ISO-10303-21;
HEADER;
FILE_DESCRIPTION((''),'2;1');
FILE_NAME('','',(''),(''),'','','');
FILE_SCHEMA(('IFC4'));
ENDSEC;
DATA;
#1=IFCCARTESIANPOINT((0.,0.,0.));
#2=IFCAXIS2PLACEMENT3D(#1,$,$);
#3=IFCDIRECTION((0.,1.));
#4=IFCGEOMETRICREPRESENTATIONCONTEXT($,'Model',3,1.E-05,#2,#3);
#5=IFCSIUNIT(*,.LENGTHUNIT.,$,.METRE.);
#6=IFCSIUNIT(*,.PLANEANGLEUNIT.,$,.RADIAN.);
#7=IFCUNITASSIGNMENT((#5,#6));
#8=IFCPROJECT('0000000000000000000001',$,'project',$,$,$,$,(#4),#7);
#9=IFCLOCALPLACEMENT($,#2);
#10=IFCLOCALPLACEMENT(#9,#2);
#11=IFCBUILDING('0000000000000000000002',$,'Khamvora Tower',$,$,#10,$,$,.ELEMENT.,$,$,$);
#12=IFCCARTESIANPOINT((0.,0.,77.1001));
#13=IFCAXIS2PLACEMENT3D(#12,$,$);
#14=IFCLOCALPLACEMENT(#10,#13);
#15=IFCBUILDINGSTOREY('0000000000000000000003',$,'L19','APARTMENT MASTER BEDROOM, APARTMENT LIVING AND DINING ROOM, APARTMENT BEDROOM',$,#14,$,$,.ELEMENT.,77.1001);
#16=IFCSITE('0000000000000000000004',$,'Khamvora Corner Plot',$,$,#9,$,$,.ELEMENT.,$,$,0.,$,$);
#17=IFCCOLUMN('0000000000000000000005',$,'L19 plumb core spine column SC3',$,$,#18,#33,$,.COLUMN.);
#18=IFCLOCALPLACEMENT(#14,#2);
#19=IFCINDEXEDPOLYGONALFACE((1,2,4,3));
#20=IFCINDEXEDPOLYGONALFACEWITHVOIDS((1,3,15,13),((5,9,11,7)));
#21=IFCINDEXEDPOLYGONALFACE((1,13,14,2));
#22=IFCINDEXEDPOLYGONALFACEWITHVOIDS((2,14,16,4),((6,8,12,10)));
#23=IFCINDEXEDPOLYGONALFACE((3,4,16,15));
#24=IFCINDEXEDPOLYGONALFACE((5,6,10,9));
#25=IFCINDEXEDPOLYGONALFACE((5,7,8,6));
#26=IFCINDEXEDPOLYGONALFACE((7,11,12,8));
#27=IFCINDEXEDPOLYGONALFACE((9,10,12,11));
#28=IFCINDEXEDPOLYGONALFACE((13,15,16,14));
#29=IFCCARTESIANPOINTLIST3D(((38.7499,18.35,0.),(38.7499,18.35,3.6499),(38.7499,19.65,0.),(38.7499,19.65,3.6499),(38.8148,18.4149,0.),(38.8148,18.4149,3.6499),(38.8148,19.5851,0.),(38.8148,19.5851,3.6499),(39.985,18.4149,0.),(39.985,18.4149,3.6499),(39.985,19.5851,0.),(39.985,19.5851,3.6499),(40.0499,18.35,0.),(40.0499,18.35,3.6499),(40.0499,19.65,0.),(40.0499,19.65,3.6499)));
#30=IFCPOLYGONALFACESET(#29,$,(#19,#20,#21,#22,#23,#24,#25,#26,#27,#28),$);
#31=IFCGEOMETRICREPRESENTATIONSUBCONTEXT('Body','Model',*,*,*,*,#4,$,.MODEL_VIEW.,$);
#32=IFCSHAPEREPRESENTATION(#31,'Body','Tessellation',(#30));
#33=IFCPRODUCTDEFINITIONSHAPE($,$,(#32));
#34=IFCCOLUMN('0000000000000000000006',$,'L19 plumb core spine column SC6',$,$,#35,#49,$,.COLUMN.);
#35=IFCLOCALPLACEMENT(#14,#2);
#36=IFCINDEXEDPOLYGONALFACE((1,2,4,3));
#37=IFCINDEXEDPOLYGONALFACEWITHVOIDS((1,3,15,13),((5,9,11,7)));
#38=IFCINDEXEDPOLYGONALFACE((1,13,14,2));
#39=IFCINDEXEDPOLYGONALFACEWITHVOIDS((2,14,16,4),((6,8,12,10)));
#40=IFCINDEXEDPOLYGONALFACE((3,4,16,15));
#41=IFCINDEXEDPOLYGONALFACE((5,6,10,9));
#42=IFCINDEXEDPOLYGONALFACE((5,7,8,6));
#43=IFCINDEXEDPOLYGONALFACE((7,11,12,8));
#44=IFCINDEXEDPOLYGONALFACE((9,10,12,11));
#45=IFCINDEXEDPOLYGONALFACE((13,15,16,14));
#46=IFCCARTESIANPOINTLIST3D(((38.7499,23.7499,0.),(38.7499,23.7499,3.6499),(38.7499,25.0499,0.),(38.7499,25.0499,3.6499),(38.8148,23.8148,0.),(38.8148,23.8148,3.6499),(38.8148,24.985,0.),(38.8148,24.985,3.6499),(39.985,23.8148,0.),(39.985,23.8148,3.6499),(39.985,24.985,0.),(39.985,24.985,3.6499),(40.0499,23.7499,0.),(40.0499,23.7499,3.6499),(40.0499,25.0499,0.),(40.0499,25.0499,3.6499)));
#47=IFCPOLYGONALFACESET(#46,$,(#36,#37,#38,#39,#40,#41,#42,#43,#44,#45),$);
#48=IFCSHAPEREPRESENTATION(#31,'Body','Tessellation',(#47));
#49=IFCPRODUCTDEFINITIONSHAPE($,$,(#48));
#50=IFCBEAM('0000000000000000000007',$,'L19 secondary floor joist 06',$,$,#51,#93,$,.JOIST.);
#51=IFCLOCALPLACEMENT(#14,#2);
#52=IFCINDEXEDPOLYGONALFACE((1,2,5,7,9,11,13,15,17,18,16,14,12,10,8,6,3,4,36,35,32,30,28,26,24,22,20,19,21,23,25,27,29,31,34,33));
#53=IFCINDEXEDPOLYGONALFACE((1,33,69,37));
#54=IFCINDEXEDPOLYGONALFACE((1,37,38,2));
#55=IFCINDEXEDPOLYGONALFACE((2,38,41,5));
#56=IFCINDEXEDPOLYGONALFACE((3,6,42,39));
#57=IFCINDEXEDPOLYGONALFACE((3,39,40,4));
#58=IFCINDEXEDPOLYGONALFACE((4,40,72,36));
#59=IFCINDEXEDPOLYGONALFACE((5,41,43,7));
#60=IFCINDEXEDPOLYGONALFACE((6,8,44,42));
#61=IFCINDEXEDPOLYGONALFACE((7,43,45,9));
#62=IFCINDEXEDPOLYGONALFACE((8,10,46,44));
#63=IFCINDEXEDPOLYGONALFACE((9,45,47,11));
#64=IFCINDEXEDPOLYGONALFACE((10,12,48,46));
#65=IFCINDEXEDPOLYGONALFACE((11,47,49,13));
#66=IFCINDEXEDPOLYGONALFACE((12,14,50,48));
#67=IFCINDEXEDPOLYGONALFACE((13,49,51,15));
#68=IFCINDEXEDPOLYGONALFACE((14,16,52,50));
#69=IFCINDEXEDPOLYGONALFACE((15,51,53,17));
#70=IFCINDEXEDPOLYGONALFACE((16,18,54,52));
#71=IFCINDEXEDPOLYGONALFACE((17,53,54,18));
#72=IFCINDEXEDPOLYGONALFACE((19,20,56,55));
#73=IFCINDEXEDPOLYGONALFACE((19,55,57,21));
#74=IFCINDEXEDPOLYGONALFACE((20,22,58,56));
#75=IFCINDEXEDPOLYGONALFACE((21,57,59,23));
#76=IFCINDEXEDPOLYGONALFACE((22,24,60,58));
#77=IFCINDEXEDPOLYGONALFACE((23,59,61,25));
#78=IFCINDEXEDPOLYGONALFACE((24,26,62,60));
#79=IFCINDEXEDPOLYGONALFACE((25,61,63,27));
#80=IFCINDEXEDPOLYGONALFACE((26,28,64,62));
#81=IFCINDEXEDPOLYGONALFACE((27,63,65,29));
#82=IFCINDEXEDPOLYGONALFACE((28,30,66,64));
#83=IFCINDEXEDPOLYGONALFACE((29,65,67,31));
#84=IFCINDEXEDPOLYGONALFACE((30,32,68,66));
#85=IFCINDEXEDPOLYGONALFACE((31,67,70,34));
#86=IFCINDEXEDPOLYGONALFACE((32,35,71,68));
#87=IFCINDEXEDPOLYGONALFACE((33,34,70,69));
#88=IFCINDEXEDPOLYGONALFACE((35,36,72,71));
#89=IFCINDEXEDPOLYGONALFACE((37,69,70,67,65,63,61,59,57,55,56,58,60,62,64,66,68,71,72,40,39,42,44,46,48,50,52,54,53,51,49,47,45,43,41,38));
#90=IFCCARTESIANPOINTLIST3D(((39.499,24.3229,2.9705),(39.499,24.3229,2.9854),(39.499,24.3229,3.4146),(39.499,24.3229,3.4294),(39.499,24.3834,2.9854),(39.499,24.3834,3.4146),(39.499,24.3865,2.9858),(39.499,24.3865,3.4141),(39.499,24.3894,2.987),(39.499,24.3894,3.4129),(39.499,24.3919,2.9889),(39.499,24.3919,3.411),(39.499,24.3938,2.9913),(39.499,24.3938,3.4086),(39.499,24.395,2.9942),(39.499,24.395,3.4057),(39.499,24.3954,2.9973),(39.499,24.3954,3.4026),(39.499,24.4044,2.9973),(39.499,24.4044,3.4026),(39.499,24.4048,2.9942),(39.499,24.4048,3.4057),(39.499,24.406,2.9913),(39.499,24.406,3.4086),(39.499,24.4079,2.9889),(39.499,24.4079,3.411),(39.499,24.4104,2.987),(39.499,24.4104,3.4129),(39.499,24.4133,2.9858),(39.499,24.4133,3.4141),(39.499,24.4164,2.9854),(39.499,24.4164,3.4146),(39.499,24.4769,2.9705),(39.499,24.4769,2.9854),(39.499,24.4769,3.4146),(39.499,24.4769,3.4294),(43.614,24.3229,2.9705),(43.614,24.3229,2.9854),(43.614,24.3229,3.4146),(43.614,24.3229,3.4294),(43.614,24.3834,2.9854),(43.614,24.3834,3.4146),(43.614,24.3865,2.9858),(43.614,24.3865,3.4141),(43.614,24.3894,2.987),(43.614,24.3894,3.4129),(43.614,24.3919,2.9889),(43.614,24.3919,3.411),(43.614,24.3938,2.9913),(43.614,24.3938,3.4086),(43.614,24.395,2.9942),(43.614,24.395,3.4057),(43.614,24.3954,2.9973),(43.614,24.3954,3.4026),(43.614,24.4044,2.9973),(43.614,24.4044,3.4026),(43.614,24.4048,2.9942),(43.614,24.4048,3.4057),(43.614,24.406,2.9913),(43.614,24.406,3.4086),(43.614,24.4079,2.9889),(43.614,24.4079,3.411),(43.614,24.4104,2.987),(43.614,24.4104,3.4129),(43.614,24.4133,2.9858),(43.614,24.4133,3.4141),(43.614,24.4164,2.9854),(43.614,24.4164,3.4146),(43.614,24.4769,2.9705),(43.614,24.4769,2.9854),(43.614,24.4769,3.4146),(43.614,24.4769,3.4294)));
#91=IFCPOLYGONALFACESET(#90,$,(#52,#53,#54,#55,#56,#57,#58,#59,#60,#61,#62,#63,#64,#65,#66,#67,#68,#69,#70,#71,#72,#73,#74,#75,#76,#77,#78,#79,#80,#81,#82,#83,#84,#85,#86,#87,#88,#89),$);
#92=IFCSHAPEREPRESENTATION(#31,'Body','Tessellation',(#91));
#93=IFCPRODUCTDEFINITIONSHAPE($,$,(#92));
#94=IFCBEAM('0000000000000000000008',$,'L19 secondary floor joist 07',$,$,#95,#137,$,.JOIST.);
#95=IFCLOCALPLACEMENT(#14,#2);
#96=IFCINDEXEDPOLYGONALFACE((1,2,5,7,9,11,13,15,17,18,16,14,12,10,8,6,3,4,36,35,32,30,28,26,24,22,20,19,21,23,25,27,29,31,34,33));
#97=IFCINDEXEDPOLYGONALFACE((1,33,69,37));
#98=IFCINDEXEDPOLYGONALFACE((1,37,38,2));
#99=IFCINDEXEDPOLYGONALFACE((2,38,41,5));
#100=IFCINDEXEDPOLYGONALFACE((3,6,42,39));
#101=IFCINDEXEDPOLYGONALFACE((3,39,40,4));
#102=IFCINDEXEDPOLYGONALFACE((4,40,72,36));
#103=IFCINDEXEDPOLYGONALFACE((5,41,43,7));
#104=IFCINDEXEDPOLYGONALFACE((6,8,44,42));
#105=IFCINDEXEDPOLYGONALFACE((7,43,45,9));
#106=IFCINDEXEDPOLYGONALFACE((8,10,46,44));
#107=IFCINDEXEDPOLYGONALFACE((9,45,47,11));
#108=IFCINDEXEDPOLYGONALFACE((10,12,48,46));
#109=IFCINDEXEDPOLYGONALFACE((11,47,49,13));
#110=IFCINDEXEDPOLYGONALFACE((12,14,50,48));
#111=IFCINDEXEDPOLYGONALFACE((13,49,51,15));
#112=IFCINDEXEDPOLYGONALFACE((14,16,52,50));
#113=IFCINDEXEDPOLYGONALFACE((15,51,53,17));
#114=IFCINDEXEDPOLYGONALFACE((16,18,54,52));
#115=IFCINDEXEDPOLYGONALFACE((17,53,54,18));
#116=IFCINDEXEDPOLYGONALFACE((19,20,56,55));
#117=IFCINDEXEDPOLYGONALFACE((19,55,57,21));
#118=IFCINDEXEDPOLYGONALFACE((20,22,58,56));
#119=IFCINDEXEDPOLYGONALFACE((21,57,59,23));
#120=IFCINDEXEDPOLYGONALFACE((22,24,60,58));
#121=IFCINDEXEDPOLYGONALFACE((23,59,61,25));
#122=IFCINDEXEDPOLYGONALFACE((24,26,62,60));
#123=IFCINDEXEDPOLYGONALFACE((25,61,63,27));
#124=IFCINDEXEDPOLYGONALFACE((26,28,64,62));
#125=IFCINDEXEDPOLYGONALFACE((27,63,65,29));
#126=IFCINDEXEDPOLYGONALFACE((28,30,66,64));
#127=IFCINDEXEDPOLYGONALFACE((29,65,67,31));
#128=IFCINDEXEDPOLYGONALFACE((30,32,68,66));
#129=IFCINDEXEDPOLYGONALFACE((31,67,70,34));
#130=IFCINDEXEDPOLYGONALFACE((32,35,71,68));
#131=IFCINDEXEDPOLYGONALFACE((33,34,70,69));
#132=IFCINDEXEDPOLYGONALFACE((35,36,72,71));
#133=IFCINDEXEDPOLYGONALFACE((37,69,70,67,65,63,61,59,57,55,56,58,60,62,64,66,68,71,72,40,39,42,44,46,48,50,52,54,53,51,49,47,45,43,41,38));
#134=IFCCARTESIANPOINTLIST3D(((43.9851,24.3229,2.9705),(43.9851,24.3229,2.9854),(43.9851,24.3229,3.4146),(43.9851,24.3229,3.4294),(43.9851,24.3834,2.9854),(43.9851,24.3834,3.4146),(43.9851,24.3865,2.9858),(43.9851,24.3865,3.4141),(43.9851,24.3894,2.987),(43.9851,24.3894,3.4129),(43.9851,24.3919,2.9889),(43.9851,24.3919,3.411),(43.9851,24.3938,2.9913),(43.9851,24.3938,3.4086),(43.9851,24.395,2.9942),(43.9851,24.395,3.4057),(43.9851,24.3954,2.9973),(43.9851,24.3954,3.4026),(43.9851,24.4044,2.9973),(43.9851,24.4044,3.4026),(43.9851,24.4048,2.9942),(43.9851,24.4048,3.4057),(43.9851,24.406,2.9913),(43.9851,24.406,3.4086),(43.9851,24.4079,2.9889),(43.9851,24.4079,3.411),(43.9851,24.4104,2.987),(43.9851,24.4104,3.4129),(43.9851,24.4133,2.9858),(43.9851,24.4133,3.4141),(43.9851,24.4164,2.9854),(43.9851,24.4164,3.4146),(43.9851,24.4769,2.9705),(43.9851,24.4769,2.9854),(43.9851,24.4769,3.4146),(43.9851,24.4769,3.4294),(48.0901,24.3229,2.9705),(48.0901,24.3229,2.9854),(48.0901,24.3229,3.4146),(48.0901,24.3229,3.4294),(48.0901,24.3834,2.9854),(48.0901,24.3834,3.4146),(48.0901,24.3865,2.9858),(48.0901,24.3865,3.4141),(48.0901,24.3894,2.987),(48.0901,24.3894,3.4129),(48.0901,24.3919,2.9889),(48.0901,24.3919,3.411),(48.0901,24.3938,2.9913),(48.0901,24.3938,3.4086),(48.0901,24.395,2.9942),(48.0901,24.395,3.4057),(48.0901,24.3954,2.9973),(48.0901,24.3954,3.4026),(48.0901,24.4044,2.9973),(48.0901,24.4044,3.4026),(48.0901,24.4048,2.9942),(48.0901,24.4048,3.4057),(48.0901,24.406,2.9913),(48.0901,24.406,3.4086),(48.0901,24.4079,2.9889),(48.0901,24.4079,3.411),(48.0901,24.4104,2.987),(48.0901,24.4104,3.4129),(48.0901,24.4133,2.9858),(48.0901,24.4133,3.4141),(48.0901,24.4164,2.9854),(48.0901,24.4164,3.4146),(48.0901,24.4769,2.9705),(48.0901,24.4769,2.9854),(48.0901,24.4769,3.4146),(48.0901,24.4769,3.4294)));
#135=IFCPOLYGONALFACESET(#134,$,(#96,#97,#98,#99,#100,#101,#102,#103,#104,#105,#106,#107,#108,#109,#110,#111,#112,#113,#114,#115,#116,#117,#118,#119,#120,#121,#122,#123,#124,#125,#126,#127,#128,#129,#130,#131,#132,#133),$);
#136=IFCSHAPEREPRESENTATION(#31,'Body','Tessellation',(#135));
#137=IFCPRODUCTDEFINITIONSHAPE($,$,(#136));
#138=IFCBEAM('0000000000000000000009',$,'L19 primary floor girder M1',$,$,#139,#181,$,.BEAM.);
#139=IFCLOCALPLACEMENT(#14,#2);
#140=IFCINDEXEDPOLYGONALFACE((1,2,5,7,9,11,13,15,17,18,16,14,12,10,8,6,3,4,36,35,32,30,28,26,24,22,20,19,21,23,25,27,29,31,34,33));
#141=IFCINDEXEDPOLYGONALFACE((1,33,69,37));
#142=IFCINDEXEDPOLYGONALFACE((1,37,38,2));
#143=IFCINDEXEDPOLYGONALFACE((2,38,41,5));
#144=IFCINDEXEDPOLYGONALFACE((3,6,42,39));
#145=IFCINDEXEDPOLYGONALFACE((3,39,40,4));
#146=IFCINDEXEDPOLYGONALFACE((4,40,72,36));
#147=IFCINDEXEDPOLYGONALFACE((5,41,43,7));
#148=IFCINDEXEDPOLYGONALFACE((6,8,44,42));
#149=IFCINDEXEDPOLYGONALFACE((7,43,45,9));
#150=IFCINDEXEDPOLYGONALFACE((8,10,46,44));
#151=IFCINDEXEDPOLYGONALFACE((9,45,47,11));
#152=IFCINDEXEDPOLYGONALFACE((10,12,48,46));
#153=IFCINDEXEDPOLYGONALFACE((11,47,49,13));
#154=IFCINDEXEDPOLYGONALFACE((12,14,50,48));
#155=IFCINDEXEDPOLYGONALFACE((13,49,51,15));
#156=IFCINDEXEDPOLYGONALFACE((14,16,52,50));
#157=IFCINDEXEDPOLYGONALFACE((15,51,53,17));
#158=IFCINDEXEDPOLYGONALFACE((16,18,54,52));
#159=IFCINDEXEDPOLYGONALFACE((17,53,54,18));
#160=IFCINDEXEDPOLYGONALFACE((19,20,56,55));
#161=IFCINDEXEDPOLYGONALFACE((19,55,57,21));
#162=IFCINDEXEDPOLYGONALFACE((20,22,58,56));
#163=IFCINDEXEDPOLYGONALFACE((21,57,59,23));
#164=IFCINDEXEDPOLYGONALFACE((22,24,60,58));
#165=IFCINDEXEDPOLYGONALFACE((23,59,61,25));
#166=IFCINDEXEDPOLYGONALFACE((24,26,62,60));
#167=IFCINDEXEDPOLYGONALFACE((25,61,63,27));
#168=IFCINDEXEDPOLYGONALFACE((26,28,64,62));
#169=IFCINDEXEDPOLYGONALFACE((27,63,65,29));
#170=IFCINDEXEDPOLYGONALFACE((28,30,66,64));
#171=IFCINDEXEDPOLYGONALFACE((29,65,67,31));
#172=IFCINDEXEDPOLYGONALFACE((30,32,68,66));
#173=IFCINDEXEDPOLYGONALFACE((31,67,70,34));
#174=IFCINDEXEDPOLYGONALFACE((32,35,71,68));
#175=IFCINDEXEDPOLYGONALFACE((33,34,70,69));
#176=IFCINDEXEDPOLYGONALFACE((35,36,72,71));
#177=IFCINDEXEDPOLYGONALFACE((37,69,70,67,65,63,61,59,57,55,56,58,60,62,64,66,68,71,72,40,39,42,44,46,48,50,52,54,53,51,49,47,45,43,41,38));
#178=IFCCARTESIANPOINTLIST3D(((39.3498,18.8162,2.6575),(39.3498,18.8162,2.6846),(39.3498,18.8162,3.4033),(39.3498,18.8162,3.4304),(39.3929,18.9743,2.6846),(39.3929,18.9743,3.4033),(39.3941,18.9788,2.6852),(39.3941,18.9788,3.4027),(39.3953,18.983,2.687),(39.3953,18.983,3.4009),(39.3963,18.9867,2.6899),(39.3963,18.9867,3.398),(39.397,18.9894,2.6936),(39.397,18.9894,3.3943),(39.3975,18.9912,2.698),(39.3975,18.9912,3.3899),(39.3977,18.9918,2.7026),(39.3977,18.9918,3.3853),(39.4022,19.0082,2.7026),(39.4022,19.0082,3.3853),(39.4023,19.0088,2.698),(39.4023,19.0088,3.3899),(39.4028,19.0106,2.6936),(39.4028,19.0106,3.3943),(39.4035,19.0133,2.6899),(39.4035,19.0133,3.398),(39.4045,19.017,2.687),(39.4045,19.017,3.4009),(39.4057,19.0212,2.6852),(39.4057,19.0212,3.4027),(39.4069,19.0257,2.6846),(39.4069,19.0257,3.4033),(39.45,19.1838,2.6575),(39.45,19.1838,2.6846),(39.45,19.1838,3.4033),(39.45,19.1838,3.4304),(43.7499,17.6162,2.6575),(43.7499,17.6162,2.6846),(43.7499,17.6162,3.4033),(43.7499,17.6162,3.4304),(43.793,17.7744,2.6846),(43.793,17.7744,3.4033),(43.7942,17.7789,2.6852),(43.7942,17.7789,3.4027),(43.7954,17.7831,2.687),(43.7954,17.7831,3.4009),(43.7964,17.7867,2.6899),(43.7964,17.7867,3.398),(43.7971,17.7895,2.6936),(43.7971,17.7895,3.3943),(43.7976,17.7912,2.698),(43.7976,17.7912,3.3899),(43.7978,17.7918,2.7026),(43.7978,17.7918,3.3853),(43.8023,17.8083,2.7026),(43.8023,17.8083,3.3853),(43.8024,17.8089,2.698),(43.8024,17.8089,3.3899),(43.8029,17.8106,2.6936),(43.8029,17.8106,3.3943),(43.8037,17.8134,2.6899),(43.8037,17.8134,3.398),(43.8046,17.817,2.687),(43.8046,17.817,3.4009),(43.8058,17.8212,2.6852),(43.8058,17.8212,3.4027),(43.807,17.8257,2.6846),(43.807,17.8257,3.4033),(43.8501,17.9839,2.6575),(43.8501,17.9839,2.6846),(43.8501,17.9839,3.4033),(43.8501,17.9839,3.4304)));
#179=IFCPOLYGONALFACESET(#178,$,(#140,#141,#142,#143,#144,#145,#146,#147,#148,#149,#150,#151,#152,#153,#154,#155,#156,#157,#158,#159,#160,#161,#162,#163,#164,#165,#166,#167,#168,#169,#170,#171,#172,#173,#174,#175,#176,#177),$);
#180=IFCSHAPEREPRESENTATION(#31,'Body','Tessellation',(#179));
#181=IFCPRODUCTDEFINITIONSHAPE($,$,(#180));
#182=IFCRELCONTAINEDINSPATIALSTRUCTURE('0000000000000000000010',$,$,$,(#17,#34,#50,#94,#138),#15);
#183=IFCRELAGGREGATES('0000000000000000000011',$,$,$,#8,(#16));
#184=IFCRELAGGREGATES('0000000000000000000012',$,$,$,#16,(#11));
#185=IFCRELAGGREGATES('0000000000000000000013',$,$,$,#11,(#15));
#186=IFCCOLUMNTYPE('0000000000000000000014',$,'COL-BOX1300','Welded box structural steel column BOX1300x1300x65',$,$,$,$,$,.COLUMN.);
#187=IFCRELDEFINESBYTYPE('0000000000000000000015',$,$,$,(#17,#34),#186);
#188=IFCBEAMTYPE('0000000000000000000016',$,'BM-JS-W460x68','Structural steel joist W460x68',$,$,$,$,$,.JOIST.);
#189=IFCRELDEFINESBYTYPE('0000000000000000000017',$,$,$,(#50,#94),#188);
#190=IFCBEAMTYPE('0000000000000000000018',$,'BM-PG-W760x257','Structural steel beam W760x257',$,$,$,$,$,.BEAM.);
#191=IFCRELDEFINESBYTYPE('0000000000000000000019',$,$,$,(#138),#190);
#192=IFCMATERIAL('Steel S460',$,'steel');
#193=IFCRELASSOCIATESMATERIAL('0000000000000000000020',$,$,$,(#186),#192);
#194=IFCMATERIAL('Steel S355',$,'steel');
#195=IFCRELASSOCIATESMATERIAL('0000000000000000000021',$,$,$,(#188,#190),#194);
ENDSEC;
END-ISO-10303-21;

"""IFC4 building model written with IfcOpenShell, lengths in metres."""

from ifc_helpers import new_model, si_unit, direction, frame, origin, origin_2d, place, context, subcontext, project, spatial, hollow_rectangle, i_section, extrude, material, material_profile, profile_set, type_object, element, save


model = new_model("IFC4")

# Units and contexts
model_context = context("Model", 3, precision=1e-05, world=origin(), true_north=direction((0.0, 1.0)))
body_context = subcontext(model_context, "Body", "Model", "MODEL_VIEW")
ifc_project = project(units=[si_unit("LENGTHUNIT", "METRE"), si_unit("PLANEANGLEUNIT", "RADIAN")], contexts=[model_context])

# Site, building, storey
site_placement = place(None, origin())
site = spatial("IfcSite", under=ifc_project, at=site_placement, Name="Khamvora Corner Plot", CompositionType="ELEMENT", RefElevation=0.0)
building_placement = place(site_placement, origin())
building = spatial("IfcBuilding", under=site, at=building_placement, Name="Khamvora Tower", CompositionType="ELEMENT")
storey_placement = place(building_placement, frame((0.0, 0.0, 77.1001)))
storey = spatial("IfcBuildingStorey", under=building, at=storey_placement, Name="L19", Description="APARTMENT MASTER BEDROOM, APARTMENT LIVING AND DINING ROOM, APARTMENT BEDROOM", CompositionType="ELEMENT", Elevation=77.1001)

# Columns
ifc_material_1 = material(Name="Steel S460", Category="steel")
ifc_material_profile_1 = material_profile(ifc_material_1, hollow_rectangle(XDim=1.3, YDim=1.3, WallThickness=0.0649, at=origin_2d()), Name="BOX1300x1300x65")
ifc_profile_set_1 = profile_set([ifc_material_profile_1], Name="Steel S460")
column_type = type_object("IfcColumnType", Name="COL-BOX1300", Description="Welded box structural steel column BOX1300x1300x65", PredefinedType="COLUMN", material=ifc_profile_set_1)
for number, where, z_axis, x_axis, name in (
    (1, (39.3999, 19.0, 0.0), (0.0, 0.0, 1.0), (1.0, 0.0, 0.0), "L19 plumb core spine column SC3"),
    (2, (39.3999, 24.3999, 0.0), (0.0, 0.0, 1.0), (1.0, 0.0, 0.0), "L19 plumb core spine column SC6"),
):
    element("IfcColumn", number, at=place(storey_placement, frame(where, z_axis=z_axis, x_axis=x_axis)), inside=storey, type_object=column_type, Name=name, PredefinedType="COLUMN", context=body_context, shape_type="SweptSolid", body=[
        extrude(hollow_rectangle(XDim=1.3, YDim=1.3, WallThickness=0.0649, at=origin_2d()), origin(), (0.0, 0.0, 1.0), 3.6499),
    ])

# Beams
ifc_material_2 = material(Name="Steel S355", Category="steel")
ifc_material_profile_2 = material_profile(ifc_material_2, i_section(OverallWidth=0.1541, OverallDepth=0.459, WebThickness=0.009, FlangeThickness=0.0149, FilletRadius=0.012, at=origin_2d()), Name="W460x68")
ifc_profile_set_2 = profile_set([ifc_material_profile_2], Name="Steel S355")
beam_type_1 = type_object("IfcBeamType", Name="BM-JS-W460x68", Description="Structural steel joist W460x68", PredefinedType="JOIST", material=ifc_profile_set_2)
beam_1_placement = place(storey_placement, frame((39.499, 24.3999, 3.2), z_axis=(1.0, 0.0, 0.0), x_axis=(0.0, 1.0, 0.0)))
element("IfcBeam", 3, at=beam_1_placement, inside=storey, type_object=beam_type_1, Name="L19 secondary floor joist 06", PredefinedType="JOIST", context=body_context, shape_type="SweptSolid", body=[
    extrude(i_section(OverallWidth=0.1541, OverallDepth=0.459, WebThickness=0.009, FlangeThickness=0.0149, FilletRadius=0.012, at=origin_2d()), origin(), (0.0, 0.0, 1.0), 4.115),
])
beam_2_placement = place(storey_placement, frame((43.9851, 24.3999, 3.2), z_axis=(1.0, 0.0, 0.0), x_axis=(0.0, 1.0, 0.0)))
element("IfcBeam", 4, at=beam_2_placement, inside=storey, type_object=beam_type_1, Name="L19 secondary floor joist 07", PredefinedType="JOIST", context=body_context, shape_type="SweptSolid", body=[
    extrude(i_section(OverallWidth=0.1541, OverallDepth=0.459, WebThickness=0.009, FlangeThickness=0.0149, FilletRadius=0.012, at=origin_2d()), origin(), (0.0, 0.0, 1.0), 4.105),
])
ifc_material_profile_3 = material_profile(ifc_material_2, i_section(OverallWidth=0.3811, OverallDepth=0.7729, WebThickness=0.0171, FlangeThickness=0.0271, FilletRadius=0.0181, at=origin_2d()), Name="W760x257")
ifc_profile_set_3 = profile_set([ifc_material_profile_3], Name="Steel S355")
beam_type_2 = type_object("IfcBeamType", Name="BM-PG-W760x257", Description="Structural steel beam W760x257", PredefinedType="BEAM", material=ifc_profile_set_3)
beam_3_placement = place(storey_placement, frame((39.3999, 19.0, 3.0439), z_axis=(0.964769, -0.263099, 0.0), x_axis=(0.263099, 0.964769, 0.0)))
element("IfcBeam", 5, at=beam_3_placement, inside=storey, type_object=beam_type_2, Name="L19 primary floor girder M1", PredefinedType="BEAM", context=body_context, shape_type="SweptSolid", body=[
    extrude(i_section(OverallWidth=0.3811, OverallDepth=0.7729, WebThickness=0.0171, FlangeThickness=0.0271, FilletRadius=0.0181, at=origin_2d()), origin(), (0.0, 0.0, 1.0), 4.5608),
])

save(model, "model.ifc")
